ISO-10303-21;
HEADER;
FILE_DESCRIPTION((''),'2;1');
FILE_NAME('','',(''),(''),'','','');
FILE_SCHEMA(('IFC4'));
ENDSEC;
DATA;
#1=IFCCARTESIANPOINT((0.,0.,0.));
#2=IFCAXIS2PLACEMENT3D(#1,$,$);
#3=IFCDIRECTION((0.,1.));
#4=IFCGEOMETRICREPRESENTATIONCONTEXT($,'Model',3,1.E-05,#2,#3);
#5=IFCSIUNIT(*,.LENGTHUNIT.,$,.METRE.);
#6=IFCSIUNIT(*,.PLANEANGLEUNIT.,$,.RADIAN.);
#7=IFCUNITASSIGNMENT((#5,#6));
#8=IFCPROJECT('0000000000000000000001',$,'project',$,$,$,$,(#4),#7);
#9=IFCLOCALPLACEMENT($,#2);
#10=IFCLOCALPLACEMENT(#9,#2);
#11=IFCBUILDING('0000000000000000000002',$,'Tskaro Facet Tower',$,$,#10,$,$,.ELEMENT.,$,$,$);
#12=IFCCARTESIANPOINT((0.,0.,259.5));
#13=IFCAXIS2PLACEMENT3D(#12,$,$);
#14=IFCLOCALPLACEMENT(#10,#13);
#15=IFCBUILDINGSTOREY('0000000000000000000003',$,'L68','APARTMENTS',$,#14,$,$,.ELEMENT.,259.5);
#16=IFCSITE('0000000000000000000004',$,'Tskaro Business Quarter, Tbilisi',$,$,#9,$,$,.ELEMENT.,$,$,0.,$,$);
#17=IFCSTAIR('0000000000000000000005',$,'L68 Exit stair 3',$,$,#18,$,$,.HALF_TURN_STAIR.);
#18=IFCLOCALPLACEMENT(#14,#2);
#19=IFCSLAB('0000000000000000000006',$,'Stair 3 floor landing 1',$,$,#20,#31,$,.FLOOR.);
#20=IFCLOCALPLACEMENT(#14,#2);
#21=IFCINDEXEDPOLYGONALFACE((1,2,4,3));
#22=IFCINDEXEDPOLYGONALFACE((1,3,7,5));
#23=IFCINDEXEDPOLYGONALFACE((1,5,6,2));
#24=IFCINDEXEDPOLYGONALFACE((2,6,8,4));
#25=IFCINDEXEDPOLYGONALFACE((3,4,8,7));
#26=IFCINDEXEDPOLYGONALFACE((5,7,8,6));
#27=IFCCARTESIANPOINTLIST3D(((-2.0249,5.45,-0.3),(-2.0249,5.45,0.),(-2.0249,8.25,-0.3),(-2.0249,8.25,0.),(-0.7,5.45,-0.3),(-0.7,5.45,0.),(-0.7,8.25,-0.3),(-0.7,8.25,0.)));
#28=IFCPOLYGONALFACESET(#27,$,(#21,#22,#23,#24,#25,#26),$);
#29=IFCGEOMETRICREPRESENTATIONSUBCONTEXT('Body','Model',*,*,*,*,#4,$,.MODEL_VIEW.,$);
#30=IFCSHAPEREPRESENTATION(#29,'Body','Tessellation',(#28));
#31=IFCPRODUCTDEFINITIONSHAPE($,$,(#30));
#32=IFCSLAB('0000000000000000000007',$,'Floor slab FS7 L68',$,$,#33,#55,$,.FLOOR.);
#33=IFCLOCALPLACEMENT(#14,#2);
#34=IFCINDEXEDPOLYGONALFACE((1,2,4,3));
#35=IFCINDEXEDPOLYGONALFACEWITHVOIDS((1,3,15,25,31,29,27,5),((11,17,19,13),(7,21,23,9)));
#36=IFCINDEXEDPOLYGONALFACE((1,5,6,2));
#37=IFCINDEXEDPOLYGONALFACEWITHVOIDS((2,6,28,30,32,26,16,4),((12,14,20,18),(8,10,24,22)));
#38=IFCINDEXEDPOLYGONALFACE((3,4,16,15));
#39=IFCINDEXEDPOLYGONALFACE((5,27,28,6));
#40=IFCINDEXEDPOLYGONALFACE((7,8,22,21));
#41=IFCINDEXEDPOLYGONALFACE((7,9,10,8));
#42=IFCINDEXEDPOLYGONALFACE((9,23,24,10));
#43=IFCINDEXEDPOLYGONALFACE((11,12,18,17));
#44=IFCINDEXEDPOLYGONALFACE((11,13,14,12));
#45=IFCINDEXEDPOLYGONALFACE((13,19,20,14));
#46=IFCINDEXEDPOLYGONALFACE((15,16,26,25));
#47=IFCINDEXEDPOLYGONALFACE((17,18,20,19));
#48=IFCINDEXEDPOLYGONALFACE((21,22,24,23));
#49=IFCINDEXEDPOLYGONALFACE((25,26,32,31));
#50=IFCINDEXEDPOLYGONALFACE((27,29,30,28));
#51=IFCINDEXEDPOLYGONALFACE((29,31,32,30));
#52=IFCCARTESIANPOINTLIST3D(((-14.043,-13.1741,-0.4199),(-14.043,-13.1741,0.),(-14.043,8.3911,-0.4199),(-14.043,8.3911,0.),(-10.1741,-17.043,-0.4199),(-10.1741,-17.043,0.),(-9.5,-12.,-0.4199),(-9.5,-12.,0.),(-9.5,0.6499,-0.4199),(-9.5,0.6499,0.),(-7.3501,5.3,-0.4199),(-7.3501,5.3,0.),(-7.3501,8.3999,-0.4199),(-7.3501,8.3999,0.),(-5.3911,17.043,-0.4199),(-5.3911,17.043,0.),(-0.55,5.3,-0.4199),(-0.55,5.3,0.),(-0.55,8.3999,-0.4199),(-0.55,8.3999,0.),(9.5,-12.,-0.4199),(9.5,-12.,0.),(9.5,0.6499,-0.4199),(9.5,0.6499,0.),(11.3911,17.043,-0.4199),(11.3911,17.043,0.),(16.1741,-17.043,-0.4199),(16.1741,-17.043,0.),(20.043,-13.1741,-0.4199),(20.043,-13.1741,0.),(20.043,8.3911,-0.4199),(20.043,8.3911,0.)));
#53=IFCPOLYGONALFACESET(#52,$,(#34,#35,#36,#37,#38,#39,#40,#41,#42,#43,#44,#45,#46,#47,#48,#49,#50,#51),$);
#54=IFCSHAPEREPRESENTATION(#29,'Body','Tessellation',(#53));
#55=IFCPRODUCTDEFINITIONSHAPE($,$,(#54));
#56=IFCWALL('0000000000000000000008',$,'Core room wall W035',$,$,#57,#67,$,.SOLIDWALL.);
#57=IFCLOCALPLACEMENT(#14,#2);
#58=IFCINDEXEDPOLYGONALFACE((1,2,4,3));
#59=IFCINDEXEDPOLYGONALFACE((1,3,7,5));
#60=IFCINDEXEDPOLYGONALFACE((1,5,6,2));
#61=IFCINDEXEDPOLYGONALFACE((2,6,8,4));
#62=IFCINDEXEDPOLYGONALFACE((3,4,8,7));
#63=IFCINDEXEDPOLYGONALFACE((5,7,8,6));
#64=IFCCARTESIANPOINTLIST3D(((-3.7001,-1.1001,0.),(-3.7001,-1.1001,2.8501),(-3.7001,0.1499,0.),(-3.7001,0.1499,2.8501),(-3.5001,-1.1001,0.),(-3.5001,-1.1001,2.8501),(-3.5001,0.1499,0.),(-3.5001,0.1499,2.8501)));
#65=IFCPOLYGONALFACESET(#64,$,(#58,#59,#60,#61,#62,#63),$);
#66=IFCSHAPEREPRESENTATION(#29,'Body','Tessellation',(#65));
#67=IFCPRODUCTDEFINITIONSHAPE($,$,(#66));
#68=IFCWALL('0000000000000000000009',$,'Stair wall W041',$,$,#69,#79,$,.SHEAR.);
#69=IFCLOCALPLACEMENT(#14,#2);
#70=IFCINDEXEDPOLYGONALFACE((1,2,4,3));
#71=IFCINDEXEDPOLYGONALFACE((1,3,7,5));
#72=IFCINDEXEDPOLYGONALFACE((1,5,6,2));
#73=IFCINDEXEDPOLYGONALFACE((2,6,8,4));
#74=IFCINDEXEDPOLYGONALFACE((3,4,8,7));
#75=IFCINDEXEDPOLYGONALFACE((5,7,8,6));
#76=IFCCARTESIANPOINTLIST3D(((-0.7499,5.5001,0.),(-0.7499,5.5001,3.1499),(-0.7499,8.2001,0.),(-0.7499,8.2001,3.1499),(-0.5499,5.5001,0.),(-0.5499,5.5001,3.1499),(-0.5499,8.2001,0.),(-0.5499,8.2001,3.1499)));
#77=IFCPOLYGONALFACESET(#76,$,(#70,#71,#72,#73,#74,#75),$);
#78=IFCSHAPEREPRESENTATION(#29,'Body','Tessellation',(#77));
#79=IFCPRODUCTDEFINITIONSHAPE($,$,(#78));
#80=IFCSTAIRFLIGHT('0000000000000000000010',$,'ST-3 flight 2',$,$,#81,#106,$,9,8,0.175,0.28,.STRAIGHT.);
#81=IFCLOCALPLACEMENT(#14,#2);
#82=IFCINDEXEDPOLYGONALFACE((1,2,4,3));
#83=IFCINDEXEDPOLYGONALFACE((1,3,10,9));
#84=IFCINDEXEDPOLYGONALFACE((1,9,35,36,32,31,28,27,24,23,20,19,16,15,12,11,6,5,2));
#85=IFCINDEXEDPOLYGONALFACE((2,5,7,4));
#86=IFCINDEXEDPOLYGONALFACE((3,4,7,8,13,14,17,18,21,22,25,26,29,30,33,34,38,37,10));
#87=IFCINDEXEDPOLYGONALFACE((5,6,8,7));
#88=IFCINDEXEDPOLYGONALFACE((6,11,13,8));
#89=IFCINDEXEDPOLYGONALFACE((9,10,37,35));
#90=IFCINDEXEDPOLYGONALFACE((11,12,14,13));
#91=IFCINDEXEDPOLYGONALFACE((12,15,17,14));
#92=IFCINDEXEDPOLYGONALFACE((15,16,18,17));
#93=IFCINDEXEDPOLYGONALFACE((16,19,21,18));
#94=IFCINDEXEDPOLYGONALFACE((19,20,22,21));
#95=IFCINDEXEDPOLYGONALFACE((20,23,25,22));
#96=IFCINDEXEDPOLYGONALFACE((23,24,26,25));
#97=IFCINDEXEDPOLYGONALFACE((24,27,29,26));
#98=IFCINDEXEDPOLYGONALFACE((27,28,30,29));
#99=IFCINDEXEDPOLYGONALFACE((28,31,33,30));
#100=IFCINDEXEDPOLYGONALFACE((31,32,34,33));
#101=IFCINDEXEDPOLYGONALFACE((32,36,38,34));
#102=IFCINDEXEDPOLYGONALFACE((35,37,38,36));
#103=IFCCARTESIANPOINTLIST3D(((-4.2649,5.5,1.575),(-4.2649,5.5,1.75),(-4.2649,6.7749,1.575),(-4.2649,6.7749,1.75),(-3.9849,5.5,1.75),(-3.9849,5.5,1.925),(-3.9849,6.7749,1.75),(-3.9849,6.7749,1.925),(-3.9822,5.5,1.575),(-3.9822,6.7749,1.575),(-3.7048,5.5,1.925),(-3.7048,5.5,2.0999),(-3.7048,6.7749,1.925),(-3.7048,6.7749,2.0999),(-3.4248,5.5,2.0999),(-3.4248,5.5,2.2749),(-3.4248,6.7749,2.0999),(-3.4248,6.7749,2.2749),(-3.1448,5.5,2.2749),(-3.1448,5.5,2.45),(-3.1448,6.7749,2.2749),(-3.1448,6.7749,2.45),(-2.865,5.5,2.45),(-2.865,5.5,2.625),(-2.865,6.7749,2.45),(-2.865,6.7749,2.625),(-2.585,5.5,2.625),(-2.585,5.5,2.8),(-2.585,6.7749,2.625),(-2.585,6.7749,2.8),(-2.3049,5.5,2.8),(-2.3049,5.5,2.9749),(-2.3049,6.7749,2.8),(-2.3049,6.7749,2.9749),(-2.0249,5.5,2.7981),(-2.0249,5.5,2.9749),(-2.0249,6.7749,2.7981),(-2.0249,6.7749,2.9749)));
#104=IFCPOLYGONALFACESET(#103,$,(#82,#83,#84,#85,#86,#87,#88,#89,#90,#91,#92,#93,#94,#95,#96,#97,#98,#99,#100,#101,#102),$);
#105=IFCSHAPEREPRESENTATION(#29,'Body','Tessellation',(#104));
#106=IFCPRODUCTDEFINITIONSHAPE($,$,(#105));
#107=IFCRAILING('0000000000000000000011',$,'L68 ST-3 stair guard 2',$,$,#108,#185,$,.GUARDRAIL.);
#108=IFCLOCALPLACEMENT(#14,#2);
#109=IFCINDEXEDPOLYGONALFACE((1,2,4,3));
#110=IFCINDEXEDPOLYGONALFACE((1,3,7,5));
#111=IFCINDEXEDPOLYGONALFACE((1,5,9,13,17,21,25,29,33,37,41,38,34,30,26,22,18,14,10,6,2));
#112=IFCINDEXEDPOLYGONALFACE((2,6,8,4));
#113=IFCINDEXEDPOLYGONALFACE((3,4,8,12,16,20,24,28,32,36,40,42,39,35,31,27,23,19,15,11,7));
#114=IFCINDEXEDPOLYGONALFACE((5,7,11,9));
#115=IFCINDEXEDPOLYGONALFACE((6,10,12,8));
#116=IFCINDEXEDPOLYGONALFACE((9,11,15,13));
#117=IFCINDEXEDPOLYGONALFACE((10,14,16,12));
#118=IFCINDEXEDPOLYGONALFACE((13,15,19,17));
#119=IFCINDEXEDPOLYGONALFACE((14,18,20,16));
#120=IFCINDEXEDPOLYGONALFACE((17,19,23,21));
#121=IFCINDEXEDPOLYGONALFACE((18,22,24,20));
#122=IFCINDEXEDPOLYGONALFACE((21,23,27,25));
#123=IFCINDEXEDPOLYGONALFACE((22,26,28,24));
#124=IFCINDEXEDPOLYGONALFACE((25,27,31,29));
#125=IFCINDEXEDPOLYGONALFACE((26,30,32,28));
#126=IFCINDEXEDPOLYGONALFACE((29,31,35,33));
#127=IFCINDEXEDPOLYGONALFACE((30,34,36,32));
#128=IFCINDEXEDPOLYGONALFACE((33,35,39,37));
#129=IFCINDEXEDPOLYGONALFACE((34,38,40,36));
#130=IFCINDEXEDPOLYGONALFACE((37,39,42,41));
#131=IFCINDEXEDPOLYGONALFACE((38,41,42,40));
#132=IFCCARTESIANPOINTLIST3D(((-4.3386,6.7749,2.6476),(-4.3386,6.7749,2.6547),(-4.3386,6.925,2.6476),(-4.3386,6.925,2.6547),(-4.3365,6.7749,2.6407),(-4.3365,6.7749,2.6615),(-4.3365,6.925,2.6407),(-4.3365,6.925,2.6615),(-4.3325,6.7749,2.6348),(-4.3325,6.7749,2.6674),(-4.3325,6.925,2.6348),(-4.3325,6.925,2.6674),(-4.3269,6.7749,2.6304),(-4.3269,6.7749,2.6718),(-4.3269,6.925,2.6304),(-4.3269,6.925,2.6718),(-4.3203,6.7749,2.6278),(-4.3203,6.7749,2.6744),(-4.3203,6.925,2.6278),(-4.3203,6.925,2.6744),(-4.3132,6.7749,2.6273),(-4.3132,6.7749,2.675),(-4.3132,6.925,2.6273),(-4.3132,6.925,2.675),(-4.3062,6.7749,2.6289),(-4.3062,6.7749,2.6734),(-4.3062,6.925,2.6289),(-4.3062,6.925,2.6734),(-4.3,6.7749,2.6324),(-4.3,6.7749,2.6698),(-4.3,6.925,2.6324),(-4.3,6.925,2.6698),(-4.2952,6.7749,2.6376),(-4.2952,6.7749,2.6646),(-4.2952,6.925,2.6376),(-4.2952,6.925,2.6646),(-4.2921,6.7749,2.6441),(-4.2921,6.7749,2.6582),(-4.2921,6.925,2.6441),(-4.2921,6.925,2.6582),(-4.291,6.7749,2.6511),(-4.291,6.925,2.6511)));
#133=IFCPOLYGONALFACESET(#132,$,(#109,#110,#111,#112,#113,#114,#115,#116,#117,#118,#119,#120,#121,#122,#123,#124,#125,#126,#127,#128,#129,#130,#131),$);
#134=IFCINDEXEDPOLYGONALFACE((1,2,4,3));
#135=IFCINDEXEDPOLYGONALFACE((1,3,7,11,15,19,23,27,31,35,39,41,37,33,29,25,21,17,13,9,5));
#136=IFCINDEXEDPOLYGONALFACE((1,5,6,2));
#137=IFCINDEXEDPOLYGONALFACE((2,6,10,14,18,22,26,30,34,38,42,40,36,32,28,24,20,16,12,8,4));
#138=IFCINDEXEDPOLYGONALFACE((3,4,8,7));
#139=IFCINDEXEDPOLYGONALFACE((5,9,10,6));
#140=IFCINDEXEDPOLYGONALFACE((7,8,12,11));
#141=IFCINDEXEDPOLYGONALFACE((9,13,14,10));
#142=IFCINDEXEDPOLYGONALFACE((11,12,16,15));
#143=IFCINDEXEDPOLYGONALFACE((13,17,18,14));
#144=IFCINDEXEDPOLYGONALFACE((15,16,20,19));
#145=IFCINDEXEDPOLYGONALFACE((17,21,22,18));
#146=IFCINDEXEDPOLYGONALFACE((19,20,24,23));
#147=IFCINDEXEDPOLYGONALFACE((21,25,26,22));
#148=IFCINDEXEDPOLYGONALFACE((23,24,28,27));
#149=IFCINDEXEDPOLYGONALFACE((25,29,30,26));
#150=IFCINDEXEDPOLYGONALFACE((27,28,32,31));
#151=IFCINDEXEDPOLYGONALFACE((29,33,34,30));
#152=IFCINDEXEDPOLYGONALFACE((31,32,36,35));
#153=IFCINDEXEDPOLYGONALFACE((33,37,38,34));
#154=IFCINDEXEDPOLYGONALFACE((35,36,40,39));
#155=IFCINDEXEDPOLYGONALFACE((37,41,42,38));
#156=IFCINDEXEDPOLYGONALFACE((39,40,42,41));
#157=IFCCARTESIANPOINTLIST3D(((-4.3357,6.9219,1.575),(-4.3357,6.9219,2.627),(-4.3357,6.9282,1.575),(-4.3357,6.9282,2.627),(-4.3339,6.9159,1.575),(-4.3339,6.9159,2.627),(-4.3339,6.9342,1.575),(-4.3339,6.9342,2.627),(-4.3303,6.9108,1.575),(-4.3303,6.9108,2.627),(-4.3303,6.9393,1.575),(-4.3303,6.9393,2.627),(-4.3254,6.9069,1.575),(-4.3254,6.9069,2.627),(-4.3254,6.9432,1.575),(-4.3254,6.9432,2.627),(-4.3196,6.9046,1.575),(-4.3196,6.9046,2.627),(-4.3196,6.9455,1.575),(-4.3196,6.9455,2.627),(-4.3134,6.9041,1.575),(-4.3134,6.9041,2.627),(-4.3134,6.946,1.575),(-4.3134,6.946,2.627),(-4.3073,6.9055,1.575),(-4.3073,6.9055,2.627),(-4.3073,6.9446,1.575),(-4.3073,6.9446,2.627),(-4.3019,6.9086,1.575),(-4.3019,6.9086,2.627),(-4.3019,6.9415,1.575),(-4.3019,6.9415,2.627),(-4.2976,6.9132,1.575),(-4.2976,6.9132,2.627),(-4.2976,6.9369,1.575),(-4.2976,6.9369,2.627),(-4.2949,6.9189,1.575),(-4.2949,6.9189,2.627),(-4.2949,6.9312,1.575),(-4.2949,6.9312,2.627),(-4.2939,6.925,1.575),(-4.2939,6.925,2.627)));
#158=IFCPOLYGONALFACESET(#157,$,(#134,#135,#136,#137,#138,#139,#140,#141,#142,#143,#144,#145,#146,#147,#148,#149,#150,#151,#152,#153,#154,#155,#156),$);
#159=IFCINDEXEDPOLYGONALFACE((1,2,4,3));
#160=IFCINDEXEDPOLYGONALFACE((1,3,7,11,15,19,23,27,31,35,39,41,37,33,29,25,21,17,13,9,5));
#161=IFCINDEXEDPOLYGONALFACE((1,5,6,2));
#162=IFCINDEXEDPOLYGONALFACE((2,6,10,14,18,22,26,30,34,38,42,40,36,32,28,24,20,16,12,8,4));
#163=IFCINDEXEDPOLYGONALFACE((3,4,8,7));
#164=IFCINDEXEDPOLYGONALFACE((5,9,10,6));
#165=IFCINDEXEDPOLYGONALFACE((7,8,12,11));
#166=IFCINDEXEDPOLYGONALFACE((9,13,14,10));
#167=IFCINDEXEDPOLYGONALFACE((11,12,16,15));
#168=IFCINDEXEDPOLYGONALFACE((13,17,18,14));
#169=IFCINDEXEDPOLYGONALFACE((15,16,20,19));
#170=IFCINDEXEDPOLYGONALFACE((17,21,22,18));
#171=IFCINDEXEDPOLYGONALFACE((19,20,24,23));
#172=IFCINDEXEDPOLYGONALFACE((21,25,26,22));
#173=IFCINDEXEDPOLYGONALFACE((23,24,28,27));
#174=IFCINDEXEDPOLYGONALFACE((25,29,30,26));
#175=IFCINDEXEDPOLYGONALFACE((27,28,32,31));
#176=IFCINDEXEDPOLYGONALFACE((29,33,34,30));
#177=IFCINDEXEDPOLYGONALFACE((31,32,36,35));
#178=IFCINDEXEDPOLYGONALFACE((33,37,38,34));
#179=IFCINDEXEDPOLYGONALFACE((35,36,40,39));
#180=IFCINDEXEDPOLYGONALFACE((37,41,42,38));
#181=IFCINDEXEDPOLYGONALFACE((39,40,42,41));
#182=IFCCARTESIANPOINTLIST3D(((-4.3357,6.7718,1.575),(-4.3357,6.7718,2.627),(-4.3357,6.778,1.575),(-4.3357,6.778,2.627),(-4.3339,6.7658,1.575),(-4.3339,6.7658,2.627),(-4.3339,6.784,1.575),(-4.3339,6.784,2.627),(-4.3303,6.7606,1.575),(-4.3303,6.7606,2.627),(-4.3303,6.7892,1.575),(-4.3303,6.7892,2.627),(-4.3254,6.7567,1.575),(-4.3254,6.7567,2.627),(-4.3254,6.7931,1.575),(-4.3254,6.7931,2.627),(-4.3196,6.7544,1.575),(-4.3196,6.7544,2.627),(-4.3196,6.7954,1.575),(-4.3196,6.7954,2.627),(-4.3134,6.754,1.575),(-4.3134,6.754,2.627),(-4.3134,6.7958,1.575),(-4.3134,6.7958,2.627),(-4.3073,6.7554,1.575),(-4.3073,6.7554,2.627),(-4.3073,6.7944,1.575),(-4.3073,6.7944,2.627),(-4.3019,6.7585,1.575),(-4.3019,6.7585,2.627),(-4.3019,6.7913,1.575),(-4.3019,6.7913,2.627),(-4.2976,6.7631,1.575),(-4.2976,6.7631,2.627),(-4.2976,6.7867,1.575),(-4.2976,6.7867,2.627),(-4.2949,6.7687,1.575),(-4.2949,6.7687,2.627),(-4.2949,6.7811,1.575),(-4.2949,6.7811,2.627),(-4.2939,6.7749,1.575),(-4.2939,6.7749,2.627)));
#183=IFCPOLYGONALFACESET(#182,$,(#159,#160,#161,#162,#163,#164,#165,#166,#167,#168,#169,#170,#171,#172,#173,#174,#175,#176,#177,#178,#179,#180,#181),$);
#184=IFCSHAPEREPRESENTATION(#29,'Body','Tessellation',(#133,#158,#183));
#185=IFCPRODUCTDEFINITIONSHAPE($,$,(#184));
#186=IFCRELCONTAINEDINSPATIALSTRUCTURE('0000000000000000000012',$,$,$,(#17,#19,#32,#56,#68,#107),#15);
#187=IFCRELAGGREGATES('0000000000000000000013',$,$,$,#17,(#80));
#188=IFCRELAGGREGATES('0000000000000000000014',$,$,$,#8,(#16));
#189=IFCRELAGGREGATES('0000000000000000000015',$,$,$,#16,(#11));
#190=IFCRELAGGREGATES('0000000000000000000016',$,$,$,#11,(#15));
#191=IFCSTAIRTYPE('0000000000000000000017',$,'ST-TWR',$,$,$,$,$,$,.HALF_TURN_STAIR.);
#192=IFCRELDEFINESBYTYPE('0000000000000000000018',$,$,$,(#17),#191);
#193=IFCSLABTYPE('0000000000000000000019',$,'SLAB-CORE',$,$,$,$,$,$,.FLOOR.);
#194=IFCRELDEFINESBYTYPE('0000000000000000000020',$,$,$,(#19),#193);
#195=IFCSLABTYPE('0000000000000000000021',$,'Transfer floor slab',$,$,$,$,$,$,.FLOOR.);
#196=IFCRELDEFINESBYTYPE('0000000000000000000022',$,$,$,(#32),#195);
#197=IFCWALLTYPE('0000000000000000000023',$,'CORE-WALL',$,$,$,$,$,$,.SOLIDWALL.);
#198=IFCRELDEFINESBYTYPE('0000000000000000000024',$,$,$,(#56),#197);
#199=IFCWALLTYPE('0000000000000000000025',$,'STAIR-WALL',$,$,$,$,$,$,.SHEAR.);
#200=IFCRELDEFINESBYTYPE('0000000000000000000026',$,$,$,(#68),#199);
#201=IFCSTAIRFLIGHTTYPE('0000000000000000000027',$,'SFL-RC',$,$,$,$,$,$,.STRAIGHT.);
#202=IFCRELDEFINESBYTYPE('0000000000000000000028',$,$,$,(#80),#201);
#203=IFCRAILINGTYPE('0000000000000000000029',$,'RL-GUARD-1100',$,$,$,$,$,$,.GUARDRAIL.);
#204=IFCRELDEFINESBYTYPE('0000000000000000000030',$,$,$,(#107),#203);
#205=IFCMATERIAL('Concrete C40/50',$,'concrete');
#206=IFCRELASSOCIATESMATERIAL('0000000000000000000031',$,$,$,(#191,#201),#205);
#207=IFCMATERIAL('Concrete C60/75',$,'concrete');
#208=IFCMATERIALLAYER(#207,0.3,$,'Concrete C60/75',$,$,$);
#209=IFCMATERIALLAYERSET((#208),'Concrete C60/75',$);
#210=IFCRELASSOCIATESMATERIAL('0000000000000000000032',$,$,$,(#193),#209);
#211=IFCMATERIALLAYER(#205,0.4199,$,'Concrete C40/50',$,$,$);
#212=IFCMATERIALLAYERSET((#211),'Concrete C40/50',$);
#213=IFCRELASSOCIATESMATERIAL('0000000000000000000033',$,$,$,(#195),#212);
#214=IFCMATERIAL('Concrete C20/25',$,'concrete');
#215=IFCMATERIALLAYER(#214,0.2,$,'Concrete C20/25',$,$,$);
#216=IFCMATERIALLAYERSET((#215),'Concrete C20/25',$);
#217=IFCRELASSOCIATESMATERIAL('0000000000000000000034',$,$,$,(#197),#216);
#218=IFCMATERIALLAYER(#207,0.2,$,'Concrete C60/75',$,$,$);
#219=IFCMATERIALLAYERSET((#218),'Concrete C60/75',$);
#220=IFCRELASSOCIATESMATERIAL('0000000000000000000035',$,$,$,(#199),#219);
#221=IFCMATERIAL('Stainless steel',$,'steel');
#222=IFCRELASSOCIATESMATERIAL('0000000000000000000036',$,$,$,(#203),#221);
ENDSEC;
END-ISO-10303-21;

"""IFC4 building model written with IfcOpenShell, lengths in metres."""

from ifc_helpers import new_model, si_unit, direction, frame, frame_2d, origin, origin_2d, place, context, subcontext, project, spatial, polyline, rectangle, circle, outline, extrude, material, layer, layer_set, type_object, element, aggregate, save


model = new_model("IFC4")

# Units and contexts
model_context = context("Model", 3, precision=1e-05, world=origin(), true_north=direction((0.0, 1.0)))
body_context = subcontext(model_context, "Body", "Model", "MODEL_VIEW")
ifc_project = project(units=[si_unit("LENGTHUNIT", "METRE"), si_unit("PLANEANGLEUNIT", "RADIAN")], contexts=[model_context])

# Site, building, storey
site_placement = place(None, origin())
site = spatial("IfcSite", under=ifc_project, at=site_placement, Name="Tskaro Business Quarter, Tbilisi", CompositionType="ELEMENT", RefElevation=0.0)
building_placement = place(site_placement, origin())
building = spatial("IfcBuilding", under=site, at=building_placement, Name="Tskaro Facet Tower", CompositionType="ELEMENT")
storey_placement = place(building_placement, frame((0.0, 0.0, 259.5)))
storey = spatial("IfcBuildingStorey", under=building, at=storey_placement, Name="L68", Description="APARTMENTS", CompositionType="ELEMENT", Elevation=259.5)

# Stair
ifc_material_1 = material(Name="Concrete C40/50", Category="concrete")
stair_type = type_object("IfcStairType", Name="ST-TWR", PredefinedType="HALF_TURN_STAIR", material=ifc_material_1)
stair_1_placement = place(storey_placement, origin())
stair_1 = element("IfcStair", 1, at=stair_1_placement, inside=storey, type_object=stair_type, Name="L68 Exit stair 3", PredefinedType="HALF_TURN_STAIR")

# Slabs
ifc_material_2 = material(Name="Concrete C60/75", Category="concrete")
ifc_layer_1 = layer(ifc_material_2, 0.3, Name="Concrete C60/75")
ifc_layer_set_1 = layer_set([ifc_layer_1], Name="Concrete C60/75")
slab_type_1 = type_object("IfcSlabType", Name="SLAB-CORE", PredefinedType="FLOOR", material=ifc_layer_set_1)
slab_1_placement = place(storey_placement, frame((0.0, 0.0, -0.3)))
element("IfcSlab", 2, at=slab_1_placement, inside=storey, type_object=slab_type_1, Name="Stair 3 floor landing 1", PredefinedType="FLOOR", context=body_context, shape_type="SweptSolid", body=[
    extrude(outline(polyline([(-2.0249, 5.45), (-0.7, 5.45), (-0.7, 8.25), (-2.0249, 8.25), (-2.0249, 5.45)])), origin(), (0.0, 0.0, 1.0), 0.3),
])
ifc_layer_2 = layer(ifc_material_1, 0.4199, Name="Concrete C40/50")
ifc_layer_set_2 = layer_set([ifc_layer_2], Name="Concrete C40/50")
slab_type_2 = type_object("IfcSlabType", Name="Transfer floor slab", PredefinedType="FLOOR", material=ifc_layer_set_2)
slab_2_placement = place(storey_placement, frame((0.0, 0.0, -0.4199)))
element("IfcSlab", 3, at=slab_2_placement, inside=storey, type_object=slab_type_2, Name="Floor slab FS7 L68", PredefinedType="FLOOR", context=body_context, shape_type="SweptSolid", body=[
    extrude(outline(polyline([(-10.1741, -17.043), (16.1741, -17.043), (20.043, -13.1741), (20.043, 8.3911), (11.3911, 17.043), (-5.3911, 17.043), (-14.043, 8.3911), (-14.043, -13.1741), (-10.1741, -17.043)]), holes=[polyline([(-9.5, -12.0), (9.5, -12.0), (9.5, 0.6499), (-9.5, 0.6499), (-9.5, -12.0)]), polyline([(-7.3501, 5.3), (-0.55, 5.3), (-0.55, 8.3999), (-7.3501, 8.3999), (-7.3501, 5.3)])]), origin(), (0.0, 0.0, 1.0), 0.4199),
])

# Walls
ifc_material_3 = material(Name="Concrete C20/25", Category="concrete")
ifc_layer_3 = layer(ifc_material_3, 0.2, Name="Concrete C20/25")
ifc_layer_set_3 = layer_set([ifc_layer_3], Name="Concrete C20/25")
wall_type_1 = type_object("IfcWallType", Name="CORE-WALL", PredefinedType="SOLIDWALL", material=ifc_layer_set_3)
wall_1_placement = place(storey_placement, frame((-3.6001, -1.1001, 0.0), z_axis=(0.0, 0.0, 1.0), x_axis=(0.0, 1.0, 0.0)))
element("IfcWall", 4, at=wall_1_placement, inside=storey, type_object=wall_type_1, Name="Core room wall W035", PredefinedType="SOLIDWALL", context=body_context, shape_type="SweptSolid", body=[
    extrude(rectangle(XDim=1.25, YDim=0.2, at=frame_2d((0.625, 0.0))), origin(), (0.0, 0.0, 1.0), 2.8501),
])
ifc_layer_4 = layer(ifc_material_2, 0.2, Name="Concrete C60/75")
ifc_layer_set_4 = layer_set([ifc_layer_4], Name="Concrete C60/75")
wall_type_2 = type_object("IfcWallType", Name="STAIR-WALL", PredefinedType="SHEAR", material=ifc_layer_set_4)
wall_2_placement = place(storey_placement, frame((-0.6499, 5.5, 0.0), z_axis=(0.0, 0.0, 1.0), x_axis=(0.0, 1.0, 0.0)))
element("IfcWall", 5, at=wall_2_placement, inside=storey, type_object=wall_type_2, Name="Stair wall W041", PredefinedType="SHEAR", context=body_context, shape_type="SweptSolid", body=[
    extrude(rectangle(XDim=2.7, YDim=0.2, at=frame_2d((1.3501, 0.0))), origin(), (0.0, 0.0, 1.0), 3.1499),
])

# Stair flight
stair_flight_type = type_object("IfcStairFlightType", Name="SFL-RC", PredefinedType="STRAIGHT", material=ifc_material_1)
stair_flight_placement = place(storey_placement, frame((-4.2649, 6.1375, 1.575), z_axis=(0.0, 0.0, 1.0), x_axis=(1.0, 0.0, 0.0)))
stair_flight = element("IfcStairFlight", 6, at=stair_flight_placement, type_object=stair_flight_type, Name="ST-3 flight 2", NumberOfRisers=9, NumberOfTreads=8, PredefinedType="STRAIGHT", RiserHeight=0.175, TreadLength=0.28, context=body_context, shape_type="SweptSolid", body=[
    extrude(outline(polyline([(0.0, 0.0), (0.0, 0.175), (0.28, 0.175), (0.28, 0.3501), (0.5601, 0.3501), (0.5601, 0.5249), (0.8401, 0.5249), (0.8401, 0.7), (1.1201, 0.7), (1.1201, 0.875), (1.3999, 0.875), (1.3999, 1.05), (1.6799, 1.05), (1.6799, 1.2251), (1.96, 1.2251), (1.96, 1.3999), (2.24, 1.3999), (2.24, 1.575), (2.24, 1.2231), (0.2827, 0.0), (0.0, 0.0)])), frame((0.0, 0.6375, 0.0), z_axis=(0.0, -1.0, 0.0), x_axis=(1.0, 0.0, 0.0)), (0.0, 0.0, 1.0), 1.2749),
])
aggregate(stair_1, [stair_flight])

# Railing
ifc_material_4 = material(Name="Stainless steel", Category="steel")
railing_type_1 = type_object("IfcRailingType", Name="RL-GUARD-1100", PredefinedType="GUARDRAIL", material=ifc_material_4)
railing_1_placement = place(storey_placement, frame((-4.3149, 6.925, 1.575)))
element("IfcRailing", 7, at=railing_1_placement, inside=storey, type_object=railing_type_1, Name="L68 ST-3 stair guard 2", PredefinedType="GUARDRAIL", context=body_context, shape_type="SweptSolid", body=[
    extrude(circle(Radius=0.0239, at=origin_2d()), frame((0.0, 0.0, 1.0762), z_axis=(0.0, -1.0, 0.0), x_axis=(1.0, 0.0, 0.0)), (0.0, 0.0, 1.0), 0.1501),
    extrude(circle(Radius=0.021, at=origin_2d()), origin(), (0.0, 0.0, 1.0), 1.052),
    extrude(circle(Radius=0.021, at=origin_2d()), frame((0.0, -0.1501, 0.0)), (0.0, 0.0, 1.0), 1.052),
])

save(model, "model.ifc")
